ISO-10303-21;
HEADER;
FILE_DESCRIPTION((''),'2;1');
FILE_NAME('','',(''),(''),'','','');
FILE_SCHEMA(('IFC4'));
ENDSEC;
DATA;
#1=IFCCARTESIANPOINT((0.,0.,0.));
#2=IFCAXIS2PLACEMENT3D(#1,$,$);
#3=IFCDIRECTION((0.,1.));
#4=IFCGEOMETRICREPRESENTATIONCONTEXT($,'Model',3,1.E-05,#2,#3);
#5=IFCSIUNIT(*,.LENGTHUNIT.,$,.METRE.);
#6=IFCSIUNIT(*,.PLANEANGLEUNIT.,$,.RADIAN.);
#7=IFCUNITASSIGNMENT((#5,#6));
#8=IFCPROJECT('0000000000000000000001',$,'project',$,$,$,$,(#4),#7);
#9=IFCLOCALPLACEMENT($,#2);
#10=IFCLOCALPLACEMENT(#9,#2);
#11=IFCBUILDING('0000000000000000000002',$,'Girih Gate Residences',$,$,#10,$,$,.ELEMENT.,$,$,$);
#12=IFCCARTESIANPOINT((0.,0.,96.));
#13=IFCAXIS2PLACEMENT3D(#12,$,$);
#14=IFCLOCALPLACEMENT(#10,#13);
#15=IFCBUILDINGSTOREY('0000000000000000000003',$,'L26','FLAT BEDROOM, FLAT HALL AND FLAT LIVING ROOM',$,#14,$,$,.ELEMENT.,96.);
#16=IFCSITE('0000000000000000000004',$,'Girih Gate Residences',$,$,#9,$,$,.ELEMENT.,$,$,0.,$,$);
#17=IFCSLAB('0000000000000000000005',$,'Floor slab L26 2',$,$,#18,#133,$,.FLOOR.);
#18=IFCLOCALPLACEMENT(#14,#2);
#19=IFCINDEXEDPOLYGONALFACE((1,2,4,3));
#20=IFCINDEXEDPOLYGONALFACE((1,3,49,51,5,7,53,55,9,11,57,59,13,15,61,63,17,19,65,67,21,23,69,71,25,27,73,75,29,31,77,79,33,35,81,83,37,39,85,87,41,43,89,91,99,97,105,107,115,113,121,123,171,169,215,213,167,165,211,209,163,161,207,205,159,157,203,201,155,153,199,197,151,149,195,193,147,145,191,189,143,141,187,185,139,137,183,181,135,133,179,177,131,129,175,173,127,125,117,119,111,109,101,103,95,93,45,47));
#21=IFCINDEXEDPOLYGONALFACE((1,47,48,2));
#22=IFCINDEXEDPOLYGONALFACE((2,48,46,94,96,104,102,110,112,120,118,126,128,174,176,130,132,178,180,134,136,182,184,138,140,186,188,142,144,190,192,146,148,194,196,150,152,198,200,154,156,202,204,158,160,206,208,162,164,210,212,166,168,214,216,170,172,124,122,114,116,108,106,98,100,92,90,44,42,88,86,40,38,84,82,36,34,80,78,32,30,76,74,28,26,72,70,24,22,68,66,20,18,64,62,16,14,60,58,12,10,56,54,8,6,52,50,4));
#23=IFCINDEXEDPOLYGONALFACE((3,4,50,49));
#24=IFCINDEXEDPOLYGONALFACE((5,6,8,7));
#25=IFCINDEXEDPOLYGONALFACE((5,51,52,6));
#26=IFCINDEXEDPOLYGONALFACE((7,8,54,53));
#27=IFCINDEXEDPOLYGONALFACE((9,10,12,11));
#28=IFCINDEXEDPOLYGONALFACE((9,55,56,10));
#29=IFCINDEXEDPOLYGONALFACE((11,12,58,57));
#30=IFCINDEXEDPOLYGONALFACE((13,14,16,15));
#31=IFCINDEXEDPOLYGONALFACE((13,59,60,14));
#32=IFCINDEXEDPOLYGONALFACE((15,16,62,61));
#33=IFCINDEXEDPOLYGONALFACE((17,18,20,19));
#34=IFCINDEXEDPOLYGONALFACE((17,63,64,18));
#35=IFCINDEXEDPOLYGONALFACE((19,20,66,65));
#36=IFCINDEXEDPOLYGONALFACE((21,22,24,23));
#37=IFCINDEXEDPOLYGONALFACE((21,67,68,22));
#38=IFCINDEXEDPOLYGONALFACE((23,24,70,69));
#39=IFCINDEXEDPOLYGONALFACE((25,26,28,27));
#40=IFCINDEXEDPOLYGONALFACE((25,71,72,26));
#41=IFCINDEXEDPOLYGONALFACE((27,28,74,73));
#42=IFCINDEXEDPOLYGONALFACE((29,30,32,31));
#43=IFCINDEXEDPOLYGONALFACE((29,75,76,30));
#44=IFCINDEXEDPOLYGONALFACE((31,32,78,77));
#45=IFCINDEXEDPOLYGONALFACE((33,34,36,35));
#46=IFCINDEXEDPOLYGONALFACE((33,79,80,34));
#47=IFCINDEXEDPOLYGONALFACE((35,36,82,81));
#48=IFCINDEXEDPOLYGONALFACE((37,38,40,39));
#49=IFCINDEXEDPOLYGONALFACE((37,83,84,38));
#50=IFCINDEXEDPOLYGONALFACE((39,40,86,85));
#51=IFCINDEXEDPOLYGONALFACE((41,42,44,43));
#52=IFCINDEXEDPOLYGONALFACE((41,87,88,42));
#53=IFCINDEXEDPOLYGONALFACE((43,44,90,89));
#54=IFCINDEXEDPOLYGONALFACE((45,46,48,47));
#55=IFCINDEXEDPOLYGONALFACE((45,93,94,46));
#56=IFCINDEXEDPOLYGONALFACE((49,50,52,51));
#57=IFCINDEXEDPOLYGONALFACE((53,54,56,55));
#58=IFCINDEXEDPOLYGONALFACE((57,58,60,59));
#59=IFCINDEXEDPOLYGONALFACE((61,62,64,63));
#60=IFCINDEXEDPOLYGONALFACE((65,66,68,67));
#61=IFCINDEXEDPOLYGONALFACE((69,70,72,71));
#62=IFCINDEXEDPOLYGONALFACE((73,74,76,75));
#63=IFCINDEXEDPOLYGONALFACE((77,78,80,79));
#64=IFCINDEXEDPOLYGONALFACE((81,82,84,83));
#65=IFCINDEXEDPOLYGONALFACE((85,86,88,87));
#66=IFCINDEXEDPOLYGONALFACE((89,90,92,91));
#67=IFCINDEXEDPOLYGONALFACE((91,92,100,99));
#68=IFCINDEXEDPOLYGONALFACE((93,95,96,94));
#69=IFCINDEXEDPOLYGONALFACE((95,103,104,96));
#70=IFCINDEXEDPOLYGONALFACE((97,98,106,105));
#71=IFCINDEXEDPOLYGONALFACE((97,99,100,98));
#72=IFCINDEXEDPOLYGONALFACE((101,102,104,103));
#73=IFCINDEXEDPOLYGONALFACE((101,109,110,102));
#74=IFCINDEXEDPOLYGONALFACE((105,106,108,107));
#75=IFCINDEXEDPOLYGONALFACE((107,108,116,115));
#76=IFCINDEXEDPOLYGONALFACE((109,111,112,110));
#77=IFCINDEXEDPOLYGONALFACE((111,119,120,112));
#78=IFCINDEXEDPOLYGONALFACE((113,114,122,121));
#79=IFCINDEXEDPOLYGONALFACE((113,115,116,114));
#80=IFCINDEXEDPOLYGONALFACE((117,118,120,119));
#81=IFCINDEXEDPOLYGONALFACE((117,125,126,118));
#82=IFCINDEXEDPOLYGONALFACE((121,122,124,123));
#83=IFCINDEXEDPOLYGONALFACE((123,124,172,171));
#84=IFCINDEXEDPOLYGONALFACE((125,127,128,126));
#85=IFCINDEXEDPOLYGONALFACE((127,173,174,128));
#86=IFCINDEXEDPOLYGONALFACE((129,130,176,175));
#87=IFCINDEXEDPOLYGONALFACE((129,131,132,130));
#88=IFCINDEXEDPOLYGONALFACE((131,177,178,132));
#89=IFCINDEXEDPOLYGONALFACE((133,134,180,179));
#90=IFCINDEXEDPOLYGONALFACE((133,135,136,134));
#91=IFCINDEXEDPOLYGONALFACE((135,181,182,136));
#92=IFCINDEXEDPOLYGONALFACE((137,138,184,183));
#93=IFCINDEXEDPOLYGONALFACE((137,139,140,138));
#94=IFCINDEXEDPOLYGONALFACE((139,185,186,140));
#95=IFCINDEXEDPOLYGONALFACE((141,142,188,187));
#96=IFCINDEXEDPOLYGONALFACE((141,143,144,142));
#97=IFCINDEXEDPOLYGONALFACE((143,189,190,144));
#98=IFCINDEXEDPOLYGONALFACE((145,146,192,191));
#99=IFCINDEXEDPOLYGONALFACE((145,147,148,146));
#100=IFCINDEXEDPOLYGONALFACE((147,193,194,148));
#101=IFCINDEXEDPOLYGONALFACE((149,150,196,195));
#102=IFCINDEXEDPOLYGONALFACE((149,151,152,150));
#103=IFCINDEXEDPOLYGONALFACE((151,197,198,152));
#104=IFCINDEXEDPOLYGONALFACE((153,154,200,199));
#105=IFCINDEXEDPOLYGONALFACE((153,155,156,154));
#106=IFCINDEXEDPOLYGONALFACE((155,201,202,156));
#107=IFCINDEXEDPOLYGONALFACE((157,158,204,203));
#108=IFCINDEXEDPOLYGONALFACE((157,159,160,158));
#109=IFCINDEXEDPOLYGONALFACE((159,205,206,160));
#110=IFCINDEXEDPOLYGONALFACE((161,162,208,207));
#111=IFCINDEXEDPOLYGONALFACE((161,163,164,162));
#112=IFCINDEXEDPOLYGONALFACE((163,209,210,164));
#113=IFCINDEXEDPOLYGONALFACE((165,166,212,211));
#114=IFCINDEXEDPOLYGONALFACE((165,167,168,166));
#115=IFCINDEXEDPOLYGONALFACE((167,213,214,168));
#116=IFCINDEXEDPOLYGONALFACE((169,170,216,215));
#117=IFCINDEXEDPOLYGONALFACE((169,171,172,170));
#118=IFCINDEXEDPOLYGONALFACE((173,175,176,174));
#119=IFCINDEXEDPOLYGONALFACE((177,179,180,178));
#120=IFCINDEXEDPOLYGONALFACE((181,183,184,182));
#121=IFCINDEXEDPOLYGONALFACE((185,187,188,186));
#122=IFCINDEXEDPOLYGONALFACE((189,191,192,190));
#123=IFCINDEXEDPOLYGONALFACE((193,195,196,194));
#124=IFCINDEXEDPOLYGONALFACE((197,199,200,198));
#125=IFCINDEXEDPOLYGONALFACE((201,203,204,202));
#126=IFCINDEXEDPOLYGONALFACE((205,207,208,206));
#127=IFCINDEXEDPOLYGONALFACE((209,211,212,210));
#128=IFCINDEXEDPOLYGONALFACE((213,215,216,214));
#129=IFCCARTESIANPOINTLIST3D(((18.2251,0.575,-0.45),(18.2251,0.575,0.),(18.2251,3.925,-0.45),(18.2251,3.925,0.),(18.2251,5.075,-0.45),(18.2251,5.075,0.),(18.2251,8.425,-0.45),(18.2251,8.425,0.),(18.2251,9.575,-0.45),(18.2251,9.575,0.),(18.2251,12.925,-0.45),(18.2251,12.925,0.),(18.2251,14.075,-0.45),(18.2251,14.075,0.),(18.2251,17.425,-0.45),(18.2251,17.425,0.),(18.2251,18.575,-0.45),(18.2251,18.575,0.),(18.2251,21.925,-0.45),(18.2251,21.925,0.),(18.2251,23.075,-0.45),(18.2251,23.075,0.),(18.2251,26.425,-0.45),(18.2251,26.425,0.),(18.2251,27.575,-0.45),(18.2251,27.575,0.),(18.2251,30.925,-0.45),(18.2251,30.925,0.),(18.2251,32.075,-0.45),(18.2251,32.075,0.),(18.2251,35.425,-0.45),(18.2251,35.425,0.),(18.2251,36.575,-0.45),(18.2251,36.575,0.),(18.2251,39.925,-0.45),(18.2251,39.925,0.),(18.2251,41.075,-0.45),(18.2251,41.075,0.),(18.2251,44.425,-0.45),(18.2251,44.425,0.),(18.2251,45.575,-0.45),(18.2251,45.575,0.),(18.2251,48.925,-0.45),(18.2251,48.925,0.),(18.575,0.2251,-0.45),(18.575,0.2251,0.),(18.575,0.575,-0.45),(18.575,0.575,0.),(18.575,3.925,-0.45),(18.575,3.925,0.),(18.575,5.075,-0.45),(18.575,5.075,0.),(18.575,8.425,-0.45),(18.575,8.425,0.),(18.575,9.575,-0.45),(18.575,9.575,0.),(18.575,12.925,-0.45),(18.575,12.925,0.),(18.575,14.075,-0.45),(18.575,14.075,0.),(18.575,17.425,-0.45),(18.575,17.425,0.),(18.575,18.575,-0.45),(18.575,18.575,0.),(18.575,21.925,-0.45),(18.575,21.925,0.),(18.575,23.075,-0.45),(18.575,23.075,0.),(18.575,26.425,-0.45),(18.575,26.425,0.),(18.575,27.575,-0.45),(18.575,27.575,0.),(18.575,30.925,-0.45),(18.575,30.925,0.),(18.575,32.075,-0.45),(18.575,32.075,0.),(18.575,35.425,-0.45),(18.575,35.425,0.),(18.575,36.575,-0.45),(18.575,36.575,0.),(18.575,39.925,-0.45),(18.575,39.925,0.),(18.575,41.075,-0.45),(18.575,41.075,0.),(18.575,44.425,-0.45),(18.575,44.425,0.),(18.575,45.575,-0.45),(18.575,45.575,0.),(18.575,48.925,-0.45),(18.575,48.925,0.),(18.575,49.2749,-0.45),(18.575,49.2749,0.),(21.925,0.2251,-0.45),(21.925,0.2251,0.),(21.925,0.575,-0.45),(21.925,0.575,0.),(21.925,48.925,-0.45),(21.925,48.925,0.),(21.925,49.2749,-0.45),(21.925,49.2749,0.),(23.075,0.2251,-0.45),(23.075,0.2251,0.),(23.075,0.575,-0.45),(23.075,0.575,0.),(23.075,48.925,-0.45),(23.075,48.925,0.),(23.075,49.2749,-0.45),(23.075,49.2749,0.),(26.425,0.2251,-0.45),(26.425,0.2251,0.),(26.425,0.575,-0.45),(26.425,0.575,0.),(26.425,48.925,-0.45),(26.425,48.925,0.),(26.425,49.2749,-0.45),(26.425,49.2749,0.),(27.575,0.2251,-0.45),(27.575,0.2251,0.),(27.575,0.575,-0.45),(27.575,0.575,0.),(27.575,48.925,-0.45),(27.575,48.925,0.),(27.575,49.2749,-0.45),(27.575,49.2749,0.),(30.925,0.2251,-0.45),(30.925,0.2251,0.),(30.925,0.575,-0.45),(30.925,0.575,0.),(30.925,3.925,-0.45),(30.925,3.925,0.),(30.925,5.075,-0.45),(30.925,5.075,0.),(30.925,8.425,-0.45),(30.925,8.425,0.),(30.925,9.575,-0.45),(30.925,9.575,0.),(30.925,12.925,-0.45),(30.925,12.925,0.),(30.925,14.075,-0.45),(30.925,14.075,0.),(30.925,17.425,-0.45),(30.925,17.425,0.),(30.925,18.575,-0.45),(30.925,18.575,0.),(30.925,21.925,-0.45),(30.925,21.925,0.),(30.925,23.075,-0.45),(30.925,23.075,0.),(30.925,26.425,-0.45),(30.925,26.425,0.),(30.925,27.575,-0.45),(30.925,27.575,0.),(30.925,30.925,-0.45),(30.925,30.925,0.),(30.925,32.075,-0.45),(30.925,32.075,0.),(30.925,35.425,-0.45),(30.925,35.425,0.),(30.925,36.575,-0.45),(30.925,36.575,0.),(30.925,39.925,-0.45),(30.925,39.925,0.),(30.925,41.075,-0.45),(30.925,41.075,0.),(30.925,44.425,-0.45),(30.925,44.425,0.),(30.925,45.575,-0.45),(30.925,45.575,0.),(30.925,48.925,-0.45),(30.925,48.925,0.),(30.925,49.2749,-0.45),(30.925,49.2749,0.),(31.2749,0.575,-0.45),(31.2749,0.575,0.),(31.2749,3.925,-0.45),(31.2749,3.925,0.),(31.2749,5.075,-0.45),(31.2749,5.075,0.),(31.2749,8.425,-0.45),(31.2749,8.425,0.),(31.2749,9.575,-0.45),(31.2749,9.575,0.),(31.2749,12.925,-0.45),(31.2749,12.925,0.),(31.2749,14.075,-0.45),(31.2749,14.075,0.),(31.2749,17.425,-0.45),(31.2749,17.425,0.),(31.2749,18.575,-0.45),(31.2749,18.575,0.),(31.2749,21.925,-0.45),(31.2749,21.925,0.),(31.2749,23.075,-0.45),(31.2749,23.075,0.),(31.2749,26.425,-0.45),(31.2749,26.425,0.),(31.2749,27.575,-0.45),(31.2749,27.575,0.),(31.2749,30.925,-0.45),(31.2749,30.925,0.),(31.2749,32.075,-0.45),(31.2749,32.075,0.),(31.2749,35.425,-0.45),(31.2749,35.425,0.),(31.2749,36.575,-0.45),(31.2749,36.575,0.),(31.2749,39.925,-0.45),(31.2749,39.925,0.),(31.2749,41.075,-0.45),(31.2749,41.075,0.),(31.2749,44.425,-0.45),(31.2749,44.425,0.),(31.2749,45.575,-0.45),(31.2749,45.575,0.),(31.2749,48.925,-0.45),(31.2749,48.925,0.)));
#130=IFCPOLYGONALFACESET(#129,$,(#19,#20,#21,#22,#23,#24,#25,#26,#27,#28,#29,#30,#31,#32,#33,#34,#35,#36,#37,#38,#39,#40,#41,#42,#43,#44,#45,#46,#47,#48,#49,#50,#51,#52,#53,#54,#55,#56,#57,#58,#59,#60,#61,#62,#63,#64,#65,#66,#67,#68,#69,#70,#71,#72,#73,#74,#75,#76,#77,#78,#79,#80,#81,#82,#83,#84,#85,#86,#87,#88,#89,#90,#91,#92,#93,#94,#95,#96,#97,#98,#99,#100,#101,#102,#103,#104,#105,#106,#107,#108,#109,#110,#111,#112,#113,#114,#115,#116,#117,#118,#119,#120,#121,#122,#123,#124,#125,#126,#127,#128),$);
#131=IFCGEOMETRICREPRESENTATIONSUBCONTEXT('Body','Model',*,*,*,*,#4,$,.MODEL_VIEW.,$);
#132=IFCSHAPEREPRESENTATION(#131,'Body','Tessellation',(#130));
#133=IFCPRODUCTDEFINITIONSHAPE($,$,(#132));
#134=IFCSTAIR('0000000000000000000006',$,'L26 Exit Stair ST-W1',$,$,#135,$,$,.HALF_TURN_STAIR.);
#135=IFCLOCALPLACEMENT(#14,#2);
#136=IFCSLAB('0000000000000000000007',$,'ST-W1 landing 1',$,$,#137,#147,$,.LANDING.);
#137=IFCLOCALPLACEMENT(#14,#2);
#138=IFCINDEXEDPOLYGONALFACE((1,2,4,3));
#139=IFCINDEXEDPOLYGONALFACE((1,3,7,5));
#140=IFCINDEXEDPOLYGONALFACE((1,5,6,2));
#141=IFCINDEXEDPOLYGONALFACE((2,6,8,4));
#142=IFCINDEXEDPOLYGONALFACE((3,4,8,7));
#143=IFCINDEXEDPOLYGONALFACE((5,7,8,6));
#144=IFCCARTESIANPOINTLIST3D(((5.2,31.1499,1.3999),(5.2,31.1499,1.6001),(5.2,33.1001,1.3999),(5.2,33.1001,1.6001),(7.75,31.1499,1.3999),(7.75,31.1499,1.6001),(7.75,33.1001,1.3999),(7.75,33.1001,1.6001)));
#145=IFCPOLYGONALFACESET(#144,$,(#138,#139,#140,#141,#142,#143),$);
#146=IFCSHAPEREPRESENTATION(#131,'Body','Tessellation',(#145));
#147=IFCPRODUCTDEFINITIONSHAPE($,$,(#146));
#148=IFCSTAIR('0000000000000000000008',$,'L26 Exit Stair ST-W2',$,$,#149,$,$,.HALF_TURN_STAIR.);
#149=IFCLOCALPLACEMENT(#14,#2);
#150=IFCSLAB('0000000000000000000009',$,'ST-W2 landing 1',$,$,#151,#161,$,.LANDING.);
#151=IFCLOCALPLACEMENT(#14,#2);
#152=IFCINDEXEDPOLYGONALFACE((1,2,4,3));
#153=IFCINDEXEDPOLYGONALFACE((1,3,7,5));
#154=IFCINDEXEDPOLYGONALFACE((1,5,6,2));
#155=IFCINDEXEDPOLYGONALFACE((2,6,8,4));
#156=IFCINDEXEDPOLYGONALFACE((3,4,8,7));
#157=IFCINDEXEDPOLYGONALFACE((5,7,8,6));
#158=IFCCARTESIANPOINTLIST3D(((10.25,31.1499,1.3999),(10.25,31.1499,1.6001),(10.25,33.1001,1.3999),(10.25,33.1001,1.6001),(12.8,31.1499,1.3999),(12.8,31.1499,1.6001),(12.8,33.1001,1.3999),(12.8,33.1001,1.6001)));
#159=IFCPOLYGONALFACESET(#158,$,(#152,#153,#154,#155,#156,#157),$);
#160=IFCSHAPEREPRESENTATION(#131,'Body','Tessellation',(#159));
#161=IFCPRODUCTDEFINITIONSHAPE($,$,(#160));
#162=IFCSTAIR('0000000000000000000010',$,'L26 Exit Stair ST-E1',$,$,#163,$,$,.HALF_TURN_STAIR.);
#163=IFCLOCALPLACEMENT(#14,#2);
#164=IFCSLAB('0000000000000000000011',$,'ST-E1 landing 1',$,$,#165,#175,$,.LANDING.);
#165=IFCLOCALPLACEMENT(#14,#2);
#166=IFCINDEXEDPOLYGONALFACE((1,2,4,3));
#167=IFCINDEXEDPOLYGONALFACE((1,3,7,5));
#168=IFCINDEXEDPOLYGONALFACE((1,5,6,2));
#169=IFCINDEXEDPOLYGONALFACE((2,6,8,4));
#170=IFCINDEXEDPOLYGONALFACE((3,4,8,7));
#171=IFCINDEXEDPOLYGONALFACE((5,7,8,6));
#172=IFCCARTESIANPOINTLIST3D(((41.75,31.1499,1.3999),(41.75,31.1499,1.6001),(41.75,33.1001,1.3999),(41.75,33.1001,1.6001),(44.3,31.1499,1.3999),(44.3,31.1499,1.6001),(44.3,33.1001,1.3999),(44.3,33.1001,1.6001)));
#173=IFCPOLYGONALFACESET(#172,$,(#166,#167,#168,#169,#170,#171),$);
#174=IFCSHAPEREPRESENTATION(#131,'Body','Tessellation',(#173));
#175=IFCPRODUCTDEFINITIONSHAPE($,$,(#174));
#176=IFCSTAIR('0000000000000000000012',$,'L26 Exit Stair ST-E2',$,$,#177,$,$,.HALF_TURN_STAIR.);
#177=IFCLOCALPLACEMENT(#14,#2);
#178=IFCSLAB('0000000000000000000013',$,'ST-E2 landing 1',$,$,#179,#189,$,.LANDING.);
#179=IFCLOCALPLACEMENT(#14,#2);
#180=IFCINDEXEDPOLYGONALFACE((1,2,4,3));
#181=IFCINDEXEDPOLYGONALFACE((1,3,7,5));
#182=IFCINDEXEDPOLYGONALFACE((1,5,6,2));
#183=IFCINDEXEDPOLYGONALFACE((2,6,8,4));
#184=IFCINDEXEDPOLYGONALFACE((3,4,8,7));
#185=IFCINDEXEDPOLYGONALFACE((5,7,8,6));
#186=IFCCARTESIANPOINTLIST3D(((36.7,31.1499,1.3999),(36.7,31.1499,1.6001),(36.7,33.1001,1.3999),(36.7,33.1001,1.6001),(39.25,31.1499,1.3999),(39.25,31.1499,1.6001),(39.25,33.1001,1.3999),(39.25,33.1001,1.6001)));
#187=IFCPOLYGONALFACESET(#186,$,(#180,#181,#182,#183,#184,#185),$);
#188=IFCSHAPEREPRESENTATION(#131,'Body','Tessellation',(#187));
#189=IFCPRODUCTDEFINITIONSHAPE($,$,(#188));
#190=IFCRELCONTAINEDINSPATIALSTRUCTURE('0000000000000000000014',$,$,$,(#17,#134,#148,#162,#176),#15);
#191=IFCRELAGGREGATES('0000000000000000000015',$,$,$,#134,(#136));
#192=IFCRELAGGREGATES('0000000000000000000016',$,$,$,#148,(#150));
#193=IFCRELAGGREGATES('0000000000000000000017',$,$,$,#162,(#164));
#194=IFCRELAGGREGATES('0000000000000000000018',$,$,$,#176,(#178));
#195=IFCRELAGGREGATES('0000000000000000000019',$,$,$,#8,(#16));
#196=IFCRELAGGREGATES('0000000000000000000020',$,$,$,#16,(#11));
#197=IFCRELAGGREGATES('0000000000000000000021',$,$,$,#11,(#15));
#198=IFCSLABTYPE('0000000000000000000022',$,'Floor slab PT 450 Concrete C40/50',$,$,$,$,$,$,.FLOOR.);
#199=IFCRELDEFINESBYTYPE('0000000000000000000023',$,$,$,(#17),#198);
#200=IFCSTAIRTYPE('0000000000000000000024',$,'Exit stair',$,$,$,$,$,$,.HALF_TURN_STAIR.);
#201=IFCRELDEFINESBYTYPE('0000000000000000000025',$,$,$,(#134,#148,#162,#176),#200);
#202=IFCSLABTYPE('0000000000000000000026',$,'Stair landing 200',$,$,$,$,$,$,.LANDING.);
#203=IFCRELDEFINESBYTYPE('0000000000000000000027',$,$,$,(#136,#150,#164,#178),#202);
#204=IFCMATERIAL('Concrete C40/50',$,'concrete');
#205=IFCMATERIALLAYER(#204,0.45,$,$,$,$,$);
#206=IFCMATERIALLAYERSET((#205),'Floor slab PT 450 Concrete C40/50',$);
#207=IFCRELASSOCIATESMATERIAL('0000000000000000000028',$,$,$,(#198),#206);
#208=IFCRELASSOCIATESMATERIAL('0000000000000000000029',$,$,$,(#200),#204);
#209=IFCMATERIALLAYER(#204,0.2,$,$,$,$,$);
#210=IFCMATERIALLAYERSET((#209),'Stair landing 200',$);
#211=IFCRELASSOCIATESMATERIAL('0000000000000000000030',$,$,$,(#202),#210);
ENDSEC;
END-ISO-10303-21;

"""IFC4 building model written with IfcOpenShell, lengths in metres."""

from ifc_helpers import new_model, si_unit, direction, frame, origin, place, context, subcontext, project, spatial, polyline, outline, extrude, material, layer, layer_set, type_object, element, aggregate, save


model = new_model("IFC4")

# Units and contexts
model_context = context("Model", 3, precision=1e-05, world=origin(), true_north=direction((0.0, 1.0)))
body_context = subcontext(model_context, "Body", "Model", "MODEL_VIEW")
ifc_project = project(units=[si_unit("LENGTHUNIT", "METRE"), si_unit("PLANEANGLEUNIT", "RADIAN")], contexts=[model_context])

# Site, building, storey
site_placement = place(None, origin())
site = spatial("IfcSite", under=ifc_project, at=site_placement, Name="Girih Gate Residences", CompositionType="ELEMENT", RefElevation=0.0)
building_placement = place(site_placement, origin())
building = spatial("IfcBuilding", under=site, at=building_placement, Name="Girih Gate Residences", CompositionType="ELEMENT")
storey_placement = place(building_placement, frame((0.0, 0.0, 96.0)))
storey = spatial("IfcBuildingStorey", under=building, at=storey_placement, Name="L26", Description="FLAT BEDROOM, FLAT HALL AND FLAT LIVING ROOM", CompositionType="ELEMENT", Elevation=96.0)

# Slab
ifc_material_1 = material(Name="Concrete C40/50", Category="concrete")
ifc_layer_1 = layer(ifc_material_1, 0.45)
ifc_layer_set_1 = layer_set([ifc_layer_1], Name="Floor slab PT 450 Concrete C40/50")
slab_type_1 = type_object("IfcSlabType", Name="Floor slab PT 450 Concrete C40/50", PredefinedType="FLOOR", material=ifc_layer_set_1)
slab_1_placement = place(storey_placement, frame((0.0, 0.0, -0.45)))
element("IfcSlab", 1, at=slab_1_placement, inside=storey, type_object=slab_type_1, Name="Floor slab L26 2", PredefinedType="FLOOR", context=body_context, shape_type="SweptSolid", body=[
    extrude(outline(polyline([(21.925, 49.2749), (18.575, 49.2749), (18.575, 48.925), (18.2251, 48.925), (18.2251, 45.575), (18.575, 45.575), (18.575, 44.425), (18.2251, 44.425), (18.2251, 41.075), (18.575, 41.075), (18.575, 39.925), (18.2251, 39.925), (18.2251, 36.575), (18.575, 36.575), (18.575, 35.425), (18.2251, 35.425), (18.2251, 32.075), (18.575, 32.075), (18.575, 30.925), (18.2251, 30.925), (18.2251, 27.575), (18.575, 27.575), (18.575, 26.425), (18.2251, 26.425), (18.2251, 23.075), (18.575, 23.075), (18.575, 21.925), (18.2251, 21.925), (18.2251, 18.575), (18.575, 18.575), (18.575, 17.425), (18.2251, 17.425), (18.2251, 14.075), (18.575, 14.075), (18.575, 12.925), (18.2251, 12.925), (18.2251, 9.575), (18.575, 9.575), (18.575, 8.425), (18.2251, 8.425), (18.2251, 5.075), (18.575, 5.075), (18.575, 3.925), (18.2251, 3.925), (18.2251, 0.575), (18.575, 0.575), (18.575, 0.2251), (21.925, 0.2251), (21.925, 0.575), (23.075, 0.575), (23.075, 0.2251), (26.425, 0.2251), (26.425, 0.575), (27.575, 0.575), (27.575, 0.2251), (30.925, 0.2251), (30.925, 0.575), (31.2749, 0.575), (31.2749, 3.925), (30.925, 3.925), (30.925, 5.075), (31.2749, 5.075), (31.2749, 8.425), (30.925, 8.425), (30.925, 9.575), (31.2749, 9.575), (31.2749, 12.925), (30.925, 12.925), (30.925, 14.075), (31.2749, 14.075), (31.2749, 17.425), (30.925, 17.425), (30.925, 18.575), (31.2749, 18.575), (31.2749, 21.925), (30.925, 21.925), (30.925, 23.075), (31.2749, 23.075), (31.2749, 26.425), (30.925, 26.425), (30.925, 27.575), (31.2749, 27.575), (31.2749, 30.925), (30.925, 30.925), (30.925, 32.075), (31.2749, 32.075), (31.2749, 35.425), (30.925, 35.425), (30.925, 36.575), (31.2749, 36.575), (31.2749, 39.925), (30.925, 39.925), (30.925, 41.075), (31.2749, 41.075), (31.2749, 44.425), (30.925, 44.425), (30.925, 45.575), (31.2749, 45.575), (31.2749, 48.925), (30.925, 48.925), (30.925, 49.2749), (27.575, 49.2749), (27.575, 48.925), (26.425, 48.925), (26.425, 49.2749), (23.075, 49.2749), (23.075, 48.925), (21.925, 48.925), (21.925, 49.2749)])), origin(), (0.0, 0.0, 1.0), 0.45),
])

# Stairs, slabs
stair_type = type_object("IfcStairType", Name="Exit stair", PredefinedType="HALF_TURN_STAIR", material=ifc_material_1)
stair_1_placement = place(storey_placement, origin())
stair_1 = element("IfcStair", 2, at=stair_1_placement, inside=storey, type_object=stair_type, Name="L26 Exit Stair ST-W1", PredefinedType="HALF_TURN_STAIR")
ifc_layer_2 = layer(ifc_material_1, 0.2)
ifc_layer_set_2 = layer_set([ifc_layer_2], Name="Stair landing 200")
slab_type_2 = type_object("IfcSlabType", Name="Stair landing 200", PredefinedType="LANDING", material=ifc_layer_set_2)
slab_2_placement = place(storey_placement, frame((0.0, 0.0, 1.3999)))
slab_2 = element("IfcSlab", 3, at=slab_2_placement, type_object=slab_type_2, Name="ST-W1 landing 1", PredefinedType="LANDING", context=body_context, shape_type="SweptSolid", body=[
    extrude(outline(polyline([(7.75, 31.1499), (7.75, 33.1001), (5.2, 33.1001), (5.2, 31.1499), (7.75, 31.1499)])), origin(), (0.0, 0.0, 1.0), 0.2002),
])
aggregate(stair_1, [slab_2])
stair_2_placement = place(storey_placement, origin())
stair_2 = element("IfcStair", 4, at=stair_2_placement, inside=storey, type_object=stair_type, Name="L26 Exit Stair ST-W2", PredefinedType="HALF_TURN_STAIR")
slab_3_placement = place(storey_placement, frame((0.0, 0.0, 1.3999)))
slab_3 = element("IfcSlab", 5, at=slab_3_placement, type_object=slab_type_2, Name="ST-W2 landing 1", PredefinedType="LANDING", context=body_context, shape_type="SweptSolid", body=[
    extrude(outline(polyline([(12.8, 31.1499), (12.8, 33.1001), (10.25, 33.1001), (10.25, 31.1499), (12.8, 31.1499)])), origin(), (0.0, 0.0, 1.0), 0.2002),
])
aggregate(stair_2, [slab_3])
stair_3_placement = place(storey_placement, origin())
stair_3 = element("IfcStair", 6, at=stair_3_placement, inside=storey, type_object=stair_type, Name="L26 Exit Stair ST-E1", PredefinedType="HALF_TURN_STAIR")
slab_4_placement = place(storey_placement, frame((0.0, 0.0, 1.3999)))
slab_4 = element("IfcSlab", 7, at=slab_4_placement, type_object=slab_type_2, Name="ST-E1 landing 1", PredefinedType="LANDING", context=body_context, shape_type="SweptSolid", body=[
    extrude(outline(polyline([(44.3, 31.1499), (44.3, 33.1001), (41.75, 33.1001), (41.75, 31.1499), (44.3, 31.1499)])), origin(), (0.0, 0.0, 1.0), 0.2002),
])
aggregate(stair_3, [slab_4])
stair_4_placement = place(storey_placement, origin())
stair_4 = element("IfcStair", 8, at=stair_4_placement, inside=storey, type_object=stair_type, Name="L26 Exit Stair ST-E2", PredefinedType="HALF_TURN_STAIR")
slab_5_placement = place(storey_placement, frame((0.0, 0.0, 1.3999)))
slab_5 = element("IfcSlab", 9, at=slab_5_placement, type_object=slab_type_2, Name="ST-E2 landing 1", PredefinedType="LANDING", context=body_context, shape_type="SweptSolid", body=[
    extrude(outline(polyline([(39.25, 31.1499), (39.25, 33.1001), (36.7, 33.1001), (36.7, 31.1499), (39.25, 31.1499)])), origin(), (0.0, 0.0, 1.0), 0.2002),
])
aggregate(stair_4, [slab_5])

save(model, "model.ifc")
